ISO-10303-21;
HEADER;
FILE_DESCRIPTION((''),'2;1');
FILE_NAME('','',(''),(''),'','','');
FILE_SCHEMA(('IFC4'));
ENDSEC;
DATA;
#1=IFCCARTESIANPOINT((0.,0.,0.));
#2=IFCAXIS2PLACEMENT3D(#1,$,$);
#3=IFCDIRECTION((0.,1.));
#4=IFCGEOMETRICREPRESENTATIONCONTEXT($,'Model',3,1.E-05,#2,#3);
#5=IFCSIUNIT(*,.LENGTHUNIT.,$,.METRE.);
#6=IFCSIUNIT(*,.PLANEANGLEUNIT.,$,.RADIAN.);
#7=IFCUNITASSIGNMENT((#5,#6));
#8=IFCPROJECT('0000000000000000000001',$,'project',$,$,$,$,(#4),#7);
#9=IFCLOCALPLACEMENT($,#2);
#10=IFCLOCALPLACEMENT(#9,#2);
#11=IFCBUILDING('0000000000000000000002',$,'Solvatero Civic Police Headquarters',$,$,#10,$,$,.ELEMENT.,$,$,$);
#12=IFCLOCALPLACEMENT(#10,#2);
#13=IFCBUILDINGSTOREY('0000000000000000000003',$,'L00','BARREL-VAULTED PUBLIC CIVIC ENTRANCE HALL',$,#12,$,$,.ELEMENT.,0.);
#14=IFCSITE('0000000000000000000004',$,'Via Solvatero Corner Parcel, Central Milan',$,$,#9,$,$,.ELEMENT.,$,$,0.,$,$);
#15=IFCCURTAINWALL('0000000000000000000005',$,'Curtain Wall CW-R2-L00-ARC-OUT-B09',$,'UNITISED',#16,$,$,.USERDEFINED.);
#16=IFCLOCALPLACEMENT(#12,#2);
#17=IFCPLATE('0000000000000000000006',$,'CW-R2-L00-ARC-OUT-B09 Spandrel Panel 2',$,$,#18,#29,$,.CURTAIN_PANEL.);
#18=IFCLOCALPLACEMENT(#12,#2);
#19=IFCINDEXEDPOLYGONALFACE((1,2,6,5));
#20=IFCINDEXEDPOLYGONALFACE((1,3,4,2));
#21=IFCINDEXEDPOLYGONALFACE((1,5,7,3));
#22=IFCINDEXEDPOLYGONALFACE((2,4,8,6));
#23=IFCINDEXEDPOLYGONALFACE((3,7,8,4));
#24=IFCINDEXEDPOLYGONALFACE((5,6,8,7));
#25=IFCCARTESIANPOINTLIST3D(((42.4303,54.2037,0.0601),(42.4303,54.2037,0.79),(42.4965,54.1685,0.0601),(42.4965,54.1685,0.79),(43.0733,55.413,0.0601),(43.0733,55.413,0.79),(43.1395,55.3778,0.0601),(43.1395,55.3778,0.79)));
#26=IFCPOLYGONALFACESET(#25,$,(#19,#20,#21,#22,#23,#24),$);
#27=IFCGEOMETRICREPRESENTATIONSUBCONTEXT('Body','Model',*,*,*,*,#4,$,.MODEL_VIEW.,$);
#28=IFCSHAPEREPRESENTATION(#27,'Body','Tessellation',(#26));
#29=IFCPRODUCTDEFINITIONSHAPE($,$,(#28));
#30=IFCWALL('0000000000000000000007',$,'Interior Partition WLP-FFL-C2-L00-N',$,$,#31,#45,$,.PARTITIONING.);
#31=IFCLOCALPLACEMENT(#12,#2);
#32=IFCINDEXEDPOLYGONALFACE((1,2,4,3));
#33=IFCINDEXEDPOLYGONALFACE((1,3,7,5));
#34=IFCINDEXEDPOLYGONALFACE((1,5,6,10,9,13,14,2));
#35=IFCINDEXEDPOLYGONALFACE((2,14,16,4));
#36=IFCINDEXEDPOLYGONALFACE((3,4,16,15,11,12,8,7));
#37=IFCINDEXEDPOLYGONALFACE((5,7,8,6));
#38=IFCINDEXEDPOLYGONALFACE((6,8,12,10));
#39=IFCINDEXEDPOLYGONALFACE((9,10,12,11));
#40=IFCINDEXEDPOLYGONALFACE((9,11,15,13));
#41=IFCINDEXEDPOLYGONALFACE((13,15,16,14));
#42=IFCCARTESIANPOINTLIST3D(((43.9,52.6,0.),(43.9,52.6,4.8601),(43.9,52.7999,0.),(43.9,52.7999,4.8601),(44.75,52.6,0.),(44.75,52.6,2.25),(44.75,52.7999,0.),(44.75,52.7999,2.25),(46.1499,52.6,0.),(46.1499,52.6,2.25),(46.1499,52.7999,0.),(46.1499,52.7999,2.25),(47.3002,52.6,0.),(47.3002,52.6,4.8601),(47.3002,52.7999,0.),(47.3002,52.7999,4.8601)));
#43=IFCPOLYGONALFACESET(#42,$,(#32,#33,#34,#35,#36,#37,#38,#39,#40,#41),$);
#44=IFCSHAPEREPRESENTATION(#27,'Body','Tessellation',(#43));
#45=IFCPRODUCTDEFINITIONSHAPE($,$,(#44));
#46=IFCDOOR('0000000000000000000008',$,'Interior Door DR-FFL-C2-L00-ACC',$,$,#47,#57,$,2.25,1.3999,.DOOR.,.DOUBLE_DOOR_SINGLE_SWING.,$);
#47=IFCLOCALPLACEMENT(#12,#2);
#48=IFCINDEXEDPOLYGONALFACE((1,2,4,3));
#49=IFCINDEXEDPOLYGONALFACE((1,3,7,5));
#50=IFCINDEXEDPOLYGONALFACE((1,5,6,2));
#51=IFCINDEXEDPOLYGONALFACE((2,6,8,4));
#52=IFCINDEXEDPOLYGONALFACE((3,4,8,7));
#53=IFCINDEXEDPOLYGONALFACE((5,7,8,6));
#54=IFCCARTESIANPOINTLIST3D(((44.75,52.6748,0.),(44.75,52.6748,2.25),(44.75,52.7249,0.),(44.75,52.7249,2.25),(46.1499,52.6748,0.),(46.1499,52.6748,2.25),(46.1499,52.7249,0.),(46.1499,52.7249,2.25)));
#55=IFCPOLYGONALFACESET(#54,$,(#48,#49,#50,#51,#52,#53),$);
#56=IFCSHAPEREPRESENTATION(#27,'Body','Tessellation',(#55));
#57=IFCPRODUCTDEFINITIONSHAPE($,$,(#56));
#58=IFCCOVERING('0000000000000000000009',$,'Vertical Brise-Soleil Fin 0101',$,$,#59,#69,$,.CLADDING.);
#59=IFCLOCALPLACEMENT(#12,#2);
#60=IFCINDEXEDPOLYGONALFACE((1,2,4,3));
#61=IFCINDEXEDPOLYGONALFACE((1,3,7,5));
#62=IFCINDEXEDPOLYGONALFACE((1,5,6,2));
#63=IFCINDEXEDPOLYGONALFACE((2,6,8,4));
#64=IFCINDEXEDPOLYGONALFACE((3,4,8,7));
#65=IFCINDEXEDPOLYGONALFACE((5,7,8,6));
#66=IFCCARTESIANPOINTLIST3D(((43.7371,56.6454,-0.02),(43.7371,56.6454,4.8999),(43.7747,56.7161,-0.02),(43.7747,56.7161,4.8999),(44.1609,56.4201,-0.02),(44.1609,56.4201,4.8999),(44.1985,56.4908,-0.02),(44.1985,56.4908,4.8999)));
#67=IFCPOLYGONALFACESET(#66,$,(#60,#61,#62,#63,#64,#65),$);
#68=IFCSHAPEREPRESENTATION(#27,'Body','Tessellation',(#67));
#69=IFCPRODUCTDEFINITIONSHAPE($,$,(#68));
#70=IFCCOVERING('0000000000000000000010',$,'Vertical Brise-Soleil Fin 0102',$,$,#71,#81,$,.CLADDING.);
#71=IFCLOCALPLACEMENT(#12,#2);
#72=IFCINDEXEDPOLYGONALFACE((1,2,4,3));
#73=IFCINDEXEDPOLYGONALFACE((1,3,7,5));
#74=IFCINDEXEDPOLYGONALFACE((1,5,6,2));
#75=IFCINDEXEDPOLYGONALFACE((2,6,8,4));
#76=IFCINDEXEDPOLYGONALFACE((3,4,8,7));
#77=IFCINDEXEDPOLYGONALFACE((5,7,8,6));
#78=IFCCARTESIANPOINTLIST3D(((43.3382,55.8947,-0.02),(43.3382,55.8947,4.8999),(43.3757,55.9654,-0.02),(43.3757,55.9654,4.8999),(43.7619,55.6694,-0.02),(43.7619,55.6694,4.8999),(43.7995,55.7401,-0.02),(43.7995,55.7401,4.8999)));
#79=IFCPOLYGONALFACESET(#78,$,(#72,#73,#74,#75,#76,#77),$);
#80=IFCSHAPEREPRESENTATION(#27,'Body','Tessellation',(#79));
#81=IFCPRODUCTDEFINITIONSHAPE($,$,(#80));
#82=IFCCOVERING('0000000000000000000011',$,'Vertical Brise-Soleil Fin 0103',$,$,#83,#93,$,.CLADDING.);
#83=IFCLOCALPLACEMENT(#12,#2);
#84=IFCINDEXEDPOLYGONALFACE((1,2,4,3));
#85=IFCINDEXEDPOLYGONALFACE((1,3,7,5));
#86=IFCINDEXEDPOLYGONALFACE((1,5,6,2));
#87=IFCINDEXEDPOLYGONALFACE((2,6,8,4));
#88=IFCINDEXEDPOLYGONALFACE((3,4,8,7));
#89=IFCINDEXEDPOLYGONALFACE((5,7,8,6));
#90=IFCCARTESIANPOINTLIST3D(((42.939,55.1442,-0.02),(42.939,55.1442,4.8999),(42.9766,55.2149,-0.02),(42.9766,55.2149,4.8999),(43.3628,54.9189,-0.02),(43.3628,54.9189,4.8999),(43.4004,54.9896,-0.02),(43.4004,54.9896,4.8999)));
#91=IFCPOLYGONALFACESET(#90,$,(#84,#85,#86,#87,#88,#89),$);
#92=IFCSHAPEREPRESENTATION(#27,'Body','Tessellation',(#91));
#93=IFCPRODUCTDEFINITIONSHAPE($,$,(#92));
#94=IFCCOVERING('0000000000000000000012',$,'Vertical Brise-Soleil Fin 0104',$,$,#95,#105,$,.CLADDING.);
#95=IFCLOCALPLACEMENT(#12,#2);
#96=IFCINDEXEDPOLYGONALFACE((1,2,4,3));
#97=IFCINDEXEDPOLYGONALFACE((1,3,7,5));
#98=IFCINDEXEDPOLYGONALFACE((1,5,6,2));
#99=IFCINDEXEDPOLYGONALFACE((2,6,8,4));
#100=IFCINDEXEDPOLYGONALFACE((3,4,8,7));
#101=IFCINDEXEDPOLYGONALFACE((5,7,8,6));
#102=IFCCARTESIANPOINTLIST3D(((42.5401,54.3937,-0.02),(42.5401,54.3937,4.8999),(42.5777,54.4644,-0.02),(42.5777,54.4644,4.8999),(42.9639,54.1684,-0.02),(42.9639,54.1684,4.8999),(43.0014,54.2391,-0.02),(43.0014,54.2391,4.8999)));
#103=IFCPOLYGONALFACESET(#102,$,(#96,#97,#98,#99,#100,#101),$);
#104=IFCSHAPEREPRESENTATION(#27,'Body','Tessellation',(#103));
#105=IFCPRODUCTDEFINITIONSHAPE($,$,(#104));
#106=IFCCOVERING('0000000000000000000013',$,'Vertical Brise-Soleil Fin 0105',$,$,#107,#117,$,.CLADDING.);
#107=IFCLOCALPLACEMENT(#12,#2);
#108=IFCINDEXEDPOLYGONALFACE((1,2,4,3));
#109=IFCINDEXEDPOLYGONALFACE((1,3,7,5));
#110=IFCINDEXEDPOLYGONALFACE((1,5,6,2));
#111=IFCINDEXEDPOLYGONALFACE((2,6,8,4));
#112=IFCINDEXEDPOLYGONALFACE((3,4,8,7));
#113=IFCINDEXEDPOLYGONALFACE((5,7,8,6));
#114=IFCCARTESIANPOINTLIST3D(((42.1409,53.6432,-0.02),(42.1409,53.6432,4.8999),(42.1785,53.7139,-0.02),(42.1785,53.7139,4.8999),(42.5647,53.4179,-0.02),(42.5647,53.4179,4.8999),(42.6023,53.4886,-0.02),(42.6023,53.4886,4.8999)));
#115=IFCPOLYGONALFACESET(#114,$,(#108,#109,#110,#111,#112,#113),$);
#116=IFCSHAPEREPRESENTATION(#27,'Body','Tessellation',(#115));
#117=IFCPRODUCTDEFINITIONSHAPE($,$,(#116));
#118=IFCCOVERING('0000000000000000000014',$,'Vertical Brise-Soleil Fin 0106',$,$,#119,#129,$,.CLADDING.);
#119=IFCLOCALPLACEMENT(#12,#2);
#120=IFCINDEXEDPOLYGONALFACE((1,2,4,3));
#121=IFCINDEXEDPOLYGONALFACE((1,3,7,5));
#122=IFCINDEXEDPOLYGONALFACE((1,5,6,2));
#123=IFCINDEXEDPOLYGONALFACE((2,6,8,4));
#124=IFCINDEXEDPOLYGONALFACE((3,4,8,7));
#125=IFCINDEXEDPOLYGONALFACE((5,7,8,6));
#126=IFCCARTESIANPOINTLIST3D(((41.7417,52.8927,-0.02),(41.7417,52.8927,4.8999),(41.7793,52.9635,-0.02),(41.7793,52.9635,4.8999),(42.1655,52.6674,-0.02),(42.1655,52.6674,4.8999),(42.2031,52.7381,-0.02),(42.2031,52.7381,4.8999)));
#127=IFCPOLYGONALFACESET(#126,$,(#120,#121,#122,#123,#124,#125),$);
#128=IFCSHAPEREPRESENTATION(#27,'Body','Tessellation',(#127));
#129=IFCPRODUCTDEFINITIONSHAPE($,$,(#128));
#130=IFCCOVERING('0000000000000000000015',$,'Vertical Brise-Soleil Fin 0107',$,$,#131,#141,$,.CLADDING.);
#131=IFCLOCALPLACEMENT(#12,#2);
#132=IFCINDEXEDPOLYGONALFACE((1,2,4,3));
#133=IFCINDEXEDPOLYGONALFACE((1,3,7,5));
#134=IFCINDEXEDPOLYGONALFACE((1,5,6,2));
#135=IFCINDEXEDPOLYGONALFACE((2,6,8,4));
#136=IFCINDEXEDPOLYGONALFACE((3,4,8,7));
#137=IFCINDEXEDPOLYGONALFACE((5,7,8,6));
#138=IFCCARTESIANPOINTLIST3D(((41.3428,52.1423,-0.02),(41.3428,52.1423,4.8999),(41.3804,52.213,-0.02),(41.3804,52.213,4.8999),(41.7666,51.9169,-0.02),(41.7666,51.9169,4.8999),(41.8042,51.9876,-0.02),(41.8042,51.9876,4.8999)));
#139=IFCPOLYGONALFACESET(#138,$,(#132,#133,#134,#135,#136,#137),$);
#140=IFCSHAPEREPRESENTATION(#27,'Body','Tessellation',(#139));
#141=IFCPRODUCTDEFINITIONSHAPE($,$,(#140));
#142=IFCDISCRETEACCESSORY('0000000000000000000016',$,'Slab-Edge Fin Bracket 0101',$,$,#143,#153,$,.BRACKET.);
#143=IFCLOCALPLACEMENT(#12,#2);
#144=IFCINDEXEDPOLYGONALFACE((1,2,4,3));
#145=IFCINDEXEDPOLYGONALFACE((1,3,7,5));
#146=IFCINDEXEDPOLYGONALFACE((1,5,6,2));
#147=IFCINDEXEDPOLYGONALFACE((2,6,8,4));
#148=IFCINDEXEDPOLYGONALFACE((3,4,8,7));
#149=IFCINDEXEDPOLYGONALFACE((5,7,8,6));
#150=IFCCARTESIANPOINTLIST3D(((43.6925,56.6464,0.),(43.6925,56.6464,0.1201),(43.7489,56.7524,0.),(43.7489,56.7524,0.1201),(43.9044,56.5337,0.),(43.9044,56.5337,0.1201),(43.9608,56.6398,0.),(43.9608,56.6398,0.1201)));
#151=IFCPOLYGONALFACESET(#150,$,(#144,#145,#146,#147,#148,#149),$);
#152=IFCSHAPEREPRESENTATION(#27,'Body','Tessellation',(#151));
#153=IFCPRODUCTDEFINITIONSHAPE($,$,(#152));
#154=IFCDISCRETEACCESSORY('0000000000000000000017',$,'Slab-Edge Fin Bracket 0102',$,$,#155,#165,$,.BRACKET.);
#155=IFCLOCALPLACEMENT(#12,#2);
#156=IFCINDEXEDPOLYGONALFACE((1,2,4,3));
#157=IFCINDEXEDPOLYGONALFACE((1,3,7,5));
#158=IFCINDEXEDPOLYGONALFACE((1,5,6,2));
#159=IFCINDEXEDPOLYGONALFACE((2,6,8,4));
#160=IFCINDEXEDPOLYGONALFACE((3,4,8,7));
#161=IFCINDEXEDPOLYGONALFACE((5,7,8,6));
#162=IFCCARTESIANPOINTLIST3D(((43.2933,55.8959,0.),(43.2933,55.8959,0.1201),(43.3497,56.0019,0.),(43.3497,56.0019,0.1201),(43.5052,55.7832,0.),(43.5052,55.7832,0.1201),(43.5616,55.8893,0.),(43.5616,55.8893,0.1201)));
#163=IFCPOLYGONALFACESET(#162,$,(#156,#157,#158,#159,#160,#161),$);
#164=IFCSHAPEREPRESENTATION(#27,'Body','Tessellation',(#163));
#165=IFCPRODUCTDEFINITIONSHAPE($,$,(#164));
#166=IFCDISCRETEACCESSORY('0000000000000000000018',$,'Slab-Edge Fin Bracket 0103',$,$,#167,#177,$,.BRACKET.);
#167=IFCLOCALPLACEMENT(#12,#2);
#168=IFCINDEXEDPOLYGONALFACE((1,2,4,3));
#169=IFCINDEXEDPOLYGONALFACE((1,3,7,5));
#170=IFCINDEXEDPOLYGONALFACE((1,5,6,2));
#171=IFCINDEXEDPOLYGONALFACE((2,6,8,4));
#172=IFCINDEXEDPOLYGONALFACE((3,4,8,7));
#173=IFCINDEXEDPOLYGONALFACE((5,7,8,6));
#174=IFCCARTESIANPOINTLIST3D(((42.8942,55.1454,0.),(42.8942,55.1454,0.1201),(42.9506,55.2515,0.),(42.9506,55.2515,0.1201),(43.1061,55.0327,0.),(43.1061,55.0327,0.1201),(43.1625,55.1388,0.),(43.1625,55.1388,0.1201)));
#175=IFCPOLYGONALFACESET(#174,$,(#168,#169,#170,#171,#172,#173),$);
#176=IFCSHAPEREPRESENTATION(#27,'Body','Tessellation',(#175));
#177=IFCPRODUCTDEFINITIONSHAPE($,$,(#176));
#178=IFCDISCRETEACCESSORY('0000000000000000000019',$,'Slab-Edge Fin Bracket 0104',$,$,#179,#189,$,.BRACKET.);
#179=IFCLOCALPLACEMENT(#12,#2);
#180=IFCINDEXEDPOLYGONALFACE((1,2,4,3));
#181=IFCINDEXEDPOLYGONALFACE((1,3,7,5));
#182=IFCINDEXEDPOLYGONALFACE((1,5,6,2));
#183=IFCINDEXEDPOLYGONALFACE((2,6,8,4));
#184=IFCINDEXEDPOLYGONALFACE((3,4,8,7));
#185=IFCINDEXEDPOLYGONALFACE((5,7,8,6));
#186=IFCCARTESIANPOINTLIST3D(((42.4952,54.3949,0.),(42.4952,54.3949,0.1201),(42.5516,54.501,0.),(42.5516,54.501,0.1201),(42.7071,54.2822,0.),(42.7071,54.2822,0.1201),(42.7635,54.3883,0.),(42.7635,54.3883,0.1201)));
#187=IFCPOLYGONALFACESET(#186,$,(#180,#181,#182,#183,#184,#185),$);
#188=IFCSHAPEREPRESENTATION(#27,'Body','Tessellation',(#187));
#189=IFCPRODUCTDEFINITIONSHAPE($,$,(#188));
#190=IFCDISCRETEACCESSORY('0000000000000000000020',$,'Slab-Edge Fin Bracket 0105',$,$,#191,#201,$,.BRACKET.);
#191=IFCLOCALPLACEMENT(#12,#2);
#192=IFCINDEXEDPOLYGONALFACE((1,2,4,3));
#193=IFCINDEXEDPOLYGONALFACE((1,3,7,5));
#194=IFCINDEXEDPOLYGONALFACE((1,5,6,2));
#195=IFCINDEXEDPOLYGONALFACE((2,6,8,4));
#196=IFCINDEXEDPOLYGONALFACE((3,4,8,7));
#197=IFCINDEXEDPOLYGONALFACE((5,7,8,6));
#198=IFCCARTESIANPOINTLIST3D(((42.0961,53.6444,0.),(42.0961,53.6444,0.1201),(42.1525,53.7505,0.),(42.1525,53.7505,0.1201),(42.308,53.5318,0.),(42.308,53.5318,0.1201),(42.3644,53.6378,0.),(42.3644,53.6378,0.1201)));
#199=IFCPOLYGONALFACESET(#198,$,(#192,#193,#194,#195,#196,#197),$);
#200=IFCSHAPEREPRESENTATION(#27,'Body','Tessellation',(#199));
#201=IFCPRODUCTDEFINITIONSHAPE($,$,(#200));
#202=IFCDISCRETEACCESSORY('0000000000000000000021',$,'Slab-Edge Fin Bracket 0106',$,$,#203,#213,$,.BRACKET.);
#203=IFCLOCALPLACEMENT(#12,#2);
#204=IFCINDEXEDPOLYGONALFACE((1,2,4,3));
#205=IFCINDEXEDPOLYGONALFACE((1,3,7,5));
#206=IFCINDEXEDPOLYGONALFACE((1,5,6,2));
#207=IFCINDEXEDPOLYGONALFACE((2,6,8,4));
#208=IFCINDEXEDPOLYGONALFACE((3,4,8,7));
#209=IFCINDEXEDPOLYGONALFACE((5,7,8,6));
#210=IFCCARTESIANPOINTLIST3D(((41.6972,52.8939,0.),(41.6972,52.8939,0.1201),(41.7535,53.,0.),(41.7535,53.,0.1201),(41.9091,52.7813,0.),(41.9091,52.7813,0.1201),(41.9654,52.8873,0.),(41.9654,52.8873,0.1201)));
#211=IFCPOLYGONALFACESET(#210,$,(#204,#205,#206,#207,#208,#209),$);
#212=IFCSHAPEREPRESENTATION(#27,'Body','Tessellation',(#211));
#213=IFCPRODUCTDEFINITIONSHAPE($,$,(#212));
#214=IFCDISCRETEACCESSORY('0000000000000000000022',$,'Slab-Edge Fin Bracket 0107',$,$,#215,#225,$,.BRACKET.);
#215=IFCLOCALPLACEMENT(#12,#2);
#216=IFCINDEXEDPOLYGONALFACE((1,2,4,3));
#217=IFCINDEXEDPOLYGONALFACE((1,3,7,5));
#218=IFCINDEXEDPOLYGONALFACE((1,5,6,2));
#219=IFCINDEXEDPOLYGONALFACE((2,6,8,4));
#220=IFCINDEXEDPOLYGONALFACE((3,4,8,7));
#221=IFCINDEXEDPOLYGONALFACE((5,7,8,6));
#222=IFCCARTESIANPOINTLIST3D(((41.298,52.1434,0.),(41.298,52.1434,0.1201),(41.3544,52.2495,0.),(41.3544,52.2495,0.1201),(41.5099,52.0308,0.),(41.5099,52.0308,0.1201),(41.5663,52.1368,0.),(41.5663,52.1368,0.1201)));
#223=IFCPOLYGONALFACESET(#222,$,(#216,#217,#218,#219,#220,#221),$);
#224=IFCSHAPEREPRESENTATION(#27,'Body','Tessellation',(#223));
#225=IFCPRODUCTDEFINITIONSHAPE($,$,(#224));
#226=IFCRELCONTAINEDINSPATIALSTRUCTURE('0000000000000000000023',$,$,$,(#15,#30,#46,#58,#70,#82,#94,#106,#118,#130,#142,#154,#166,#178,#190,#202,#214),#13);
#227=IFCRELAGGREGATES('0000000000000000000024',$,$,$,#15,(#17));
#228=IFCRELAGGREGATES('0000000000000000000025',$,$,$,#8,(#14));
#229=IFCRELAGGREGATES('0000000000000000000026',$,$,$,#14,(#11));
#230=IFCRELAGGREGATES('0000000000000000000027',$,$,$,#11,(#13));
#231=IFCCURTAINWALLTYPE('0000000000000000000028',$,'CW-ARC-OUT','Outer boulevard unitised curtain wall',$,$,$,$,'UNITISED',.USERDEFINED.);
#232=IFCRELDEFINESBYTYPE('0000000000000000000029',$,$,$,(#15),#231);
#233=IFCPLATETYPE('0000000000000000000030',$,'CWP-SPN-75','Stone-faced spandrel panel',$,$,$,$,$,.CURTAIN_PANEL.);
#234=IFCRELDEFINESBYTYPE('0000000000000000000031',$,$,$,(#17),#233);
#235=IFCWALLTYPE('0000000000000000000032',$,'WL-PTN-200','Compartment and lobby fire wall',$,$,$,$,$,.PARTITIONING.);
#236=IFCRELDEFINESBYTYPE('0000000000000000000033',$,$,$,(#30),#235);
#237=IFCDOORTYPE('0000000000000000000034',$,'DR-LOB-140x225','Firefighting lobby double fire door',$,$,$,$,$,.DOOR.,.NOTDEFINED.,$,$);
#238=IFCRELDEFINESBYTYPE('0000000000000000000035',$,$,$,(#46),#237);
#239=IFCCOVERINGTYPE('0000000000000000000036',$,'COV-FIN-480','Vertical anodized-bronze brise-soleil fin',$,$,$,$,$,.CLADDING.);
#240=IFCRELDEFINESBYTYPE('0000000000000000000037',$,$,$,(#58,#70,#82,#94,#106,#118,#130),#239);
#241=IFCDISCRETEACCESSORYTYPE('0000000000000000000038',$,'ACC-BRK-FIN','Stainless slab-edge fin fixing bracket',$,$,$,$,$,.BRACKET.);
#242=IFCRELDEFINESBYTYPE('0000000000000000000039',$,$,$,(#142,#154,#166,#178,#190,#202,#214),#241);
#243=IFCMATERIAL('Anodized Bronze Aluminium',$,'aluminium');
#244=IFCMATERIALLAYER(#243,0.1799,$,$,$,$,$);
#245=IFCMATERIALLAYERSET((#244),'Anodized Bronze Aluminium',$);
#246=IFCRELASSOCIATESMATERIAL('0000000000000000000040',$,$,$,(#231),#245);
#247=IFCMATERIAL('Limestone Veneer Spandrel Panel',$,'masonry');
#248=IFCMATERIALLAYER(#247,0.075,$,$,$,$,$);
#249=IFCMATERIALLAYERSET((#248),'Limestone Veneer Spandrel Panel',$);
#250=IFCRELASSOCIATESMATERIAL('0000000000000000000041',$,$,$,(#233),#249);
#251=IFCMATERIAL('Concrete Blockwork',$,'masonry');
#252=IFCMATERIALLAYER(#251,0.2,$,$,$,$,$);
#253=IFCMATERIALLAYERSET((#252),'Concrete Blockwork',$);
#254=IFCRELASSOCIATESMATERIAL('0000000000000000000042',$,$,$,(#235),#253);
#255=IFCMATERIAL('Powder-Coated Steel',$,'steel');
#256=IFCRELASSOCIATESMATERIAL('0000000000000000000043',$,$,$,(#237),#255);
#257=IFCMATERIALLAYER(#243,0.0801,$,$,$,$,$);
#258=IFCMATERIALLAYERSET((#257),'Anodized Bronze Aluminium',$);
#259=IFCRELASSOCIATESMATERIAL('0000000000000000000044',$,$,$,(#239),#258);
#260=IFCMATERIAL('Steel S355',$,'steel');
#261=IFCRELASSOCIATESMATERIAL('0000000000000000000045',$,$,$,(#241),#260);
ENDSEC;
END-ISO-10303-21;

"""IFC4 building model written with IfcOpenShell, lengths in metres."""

from ifc_helpers import new_model, si_unit, direction, frame, frame_2d, origin, origin_2d, place, context, subcontext, project, spatial, rectangle, extrude, material, layer, layer_set, type_object, element, fill, aggregate, save


model = new_model("IFC4")

# Units and contexts
model_context = context("Model", 3, precision=1e-05, world=origin(), true_north=direction((0.0, 1.0)))
body_context = subcontext(model_context, "Body", "Model", "MODEL_VIEW")
ifc_project = project(units=[si_unit("LENGTHUNIT", "METRE"), si_unit("PLANEANGLEUNIT", "RADIAN")], contexts=[model_context])

# Site, building, storey
site_placement = place(None, origin())
site = spatial("IfcSite", under=ifc_project, at=site_placement, Name="Via Solvatero Corner Parcel, Central Milan", CompositionType="ELEMENT", RefElevation=0.0)
building_placement = place(site_placement, origin())
building = spatial("IfcBuilding", under=site, at=building_placement, Name="Solvatero Civic Police Headquarters", CompositionType="ELEMENT")
storey_placement = place(building_placement, origin())
storey = spatial("IfcBuildingStorey", under=building, at=storey_placement, Name="L00", Description="BARREL-VAULTED PUBLIC CIVIC ENTRANCE HALL", CompositionType="ELEMENT", Elevation=0.0)

# Curtain wall, plate
ifc_material_1 = material(Name="Anodized Bronze Aluminium", Category="aluminium")
ifc_layer_1 = layer(ifc_material_1, 0.1799)
ifc_layer_set_1 = layer_set([ifc_layer_1], Name="Anodized Bronze Aluminium")
curtain_wall_type = type_object("IfcCurtainWallType", Name="CW-ARC-OUT", Description="Outer boulevard unitised curtain wall", ElementType="UNITISED", PredefinedType="USERDEFINED", material=ifc_layer_set_1)
curtain_wall_placement = place(storey_placement, origin())
curtain_wall = element("IfcCurtainWall", 1, at=curtain_wall_placement, inside=storey, type_object=curtain_wall_type, Name="Curtain Wall CW-R2-L00-ARC-OUT-B09", ObjectType="UNITISED", PredefinedType="USERDEFINED")
ifc_material_2 = material(Name="Limestone Veneer Spandrel Panel", Category="masonry")
ifc_layer_2 = layer(ifc_material_2, 0.075)
ifc_layer_set_2 = layer_set([ifc_layer_2], Name="Limestone Veneer Spandrel Panel")
plate_type_1 = type_object("IfcPlateType", Name="CWP-SPN-75", Description="Stone-faced spandrel panel", PredefinedType="CURTAIN_PANEL", material=ifc_layer_set_2)
plate_1_placement = place(storey_placement, frame((42.7849, 54.7908, 0.0601), z_axis=(0.0, 0.0, 1.0), x_axis=(-0.469472, -0.882948, 0.0)))
plate_1 = element("IfcPlate", 2, at=plate_1_placement, type_object=plate_type_1, Name="CW-R2-L00-ARC-OUT-B09 Spandrel Panel 2", PredefinedType="CURTAIN_PANEL", context=body_context, shape_type="SweptSolid", body=[
    extrude(rectangle(XDim=1.3696, YDim=0.075, at=origin_2d()), origin(), (0.0, 0.0, 1.0), 0.73),
])
aggregate(curtain_wall, [plate_1])

# Wall, opening, door
ifc_material_3 = material(Name="Concrete Blockwork", Category="masonry")
ifc_layer_3 = layer(ifc_material_3, 0.2)
ifc_layer_set_3 = layer_set([ifc_layer_3], Name="Concrete Blockwork")
wall_type = type_object("IfcWallType", Name="WL-PTN-200", Description="Compartment and lobby fire wall", PredefinedType="PARTITIONING", material=ifc_layer_set_3)
wall_placement = place(storey_placement, frame((43.8999, 52.7, 0.0), z_axis=(0.0, 0.0, 1.0), x_axis=(1.0, 0.0, 0.0)))
wall = element("IfcWall", 3, at=wall_placement, inside=storey, type_object=wall_type, Name="Interior Partition WLP-FFL-C2-L00-N", PredefinedType="PARTITIONING", context=body_context, shape_type="SweptSolid", body=[
    extrude(rectangle(XDim=3.4001, YDim=0.2, at=frame_2d((1.7002, 0.0))), origin(), (0.0, 0.0, 1.0), 4.8601),
])
opening_placement = place(wall_placement, frame((0.8501, 0.0, 0.0)))
opening = element("IfcOpeningElement", 4, at=opening_placement, cuts=wall, PredefinedType="OPENING", context=body_context, shape_type="SweptSolid", body=[
    extrude(rectangle(XDim=1.3999, YDim=2.25, at=frame_2d((0.7, 1.125))), frame((0.0, 0.1099, 0.0), z_axis=(0.0, -1.0, 0.0), x_axis=(1.0, 0.0, 0.0)), (0.0, 0.0, 1.0), 0.22),
])
ifc_material_4 = material(Name="Powder-Coated Steel", Category="steel")
door_type = type_object("IfcDoorType", Name="DR-LOB-140x225", Description="Firefighting lobby double fire door", OperationType="NOTDEFINED", PredefinedType="DOOR", material=ifc_material_4)
door_placement = place(opening_placement, origin())
door = element("IfcDoor", 5, at=door_placement, inside=storey, type_object=door_type, Name="Interior Door DR-FFL-C2-L00-ACC", OperationType="DOUBLE_DOOR_SINGLE_SWING", OverallHeight=2.25, OverallWidth=1.3999, PredefinedType="DOOR", context=body_context, shape_type="SweptSolid", body=[
    extrude(rectangle(XDim=1.3999, YDim=2.25, at=frame_2d((0.7, 1.125))), frame((0.0, 0.0249, 0.0), z_axis=(0.0, -1.0, 0.0), x_axis=(1.0, 0.0, 0.0)), (0.0, 0.0, 1.0), 0.05),
])
fill(opening, door)

# Coverings
ifc_layer_4 = layer(ifc_material_1, 0.0801)
ifc_layer_set_4 = layer_set([ifc_layer_4], Name="Anodized Bronze Aluminium")
covering_type = type_object("IfcCoveringType", Name="COV-FIN-480", Description="Vertical anodized-bronze brise-soleil fin", PredefinedType="CLADDING", material=ifc_layer_set_4)
for number, where, z_axis, x_axis, name in (
    (6, (43.9678, 56.5681, -0.02), (0.0, 0.0, 1.0), (-0.469472, -0.882948, 0.0), "Vertical Brise-Soleil Fin 0101"),
    (7, (43.5688, 55.8174, -0.02), (0.0, 0.0, 1.0), (-0.469472, -0.882948, 0.0), "Vertical Brise-Soleil Fin 0102"),
    (8, (43.1697, 55.0669, -0.02), (0.0, 0.0, 1.0), (-0.469472, -0.882948, 0.0), "Vertical Brise-Soleil Fin 0103"),
    (9, (42.7708, 54.3164, -0.02), (0.0, 0.0, 1.0), (-0.469472, -0.882948, 0.0), "Vertical Brise-Soleil Fin 0104"),
    (10, (42.3716, 53.5659, -0.02), (0.0, 0.0, 1.0), (-0.469472, -0.882948, 0.0), "Vertical Brise-Soleil Fin 0105"),
    (11, (41.9724, 52.8154, -0.02), (0.0, 0.0, 1.0), (-0.469472, -0.882948, 0.0), "Vertical Brise-Soleil Fin 0106"),
    (12, (41.5735, 52.0649, -0.02), (0.0, 0.0, 1.0), (-0.469472, -0.882948, 0.0), "Vertical Brise-Soleil Fin 0107"),
):
    element("IfcCovering", number, at=place(storey_placement, frame(where, z_axis=z_axis, x_axis=x_axis)), inside=storey, type_object=covering_type, Name=name, PredefinedType="CLADDING", context=body_context, shape_type="SweptSolid", body=[
        extrude(rectangle(XDim=0.0801, YDim=0.48, at=origin_2d()), origin(), (0.0, 0.0, 1.0), 4.9199),
    ])

# Discrete accessories
ifc_material_5 = material(Name="Steel S355", Category="steel")
discrete_accessory_type = type_object("IfcDiscreteAccessoryType", Name="ACC-BRK-FIN", Description="Stainless slab-edge fin fixing bracket", PredefinedType="BRACKET", material=ifc_material_5)
for number, where, z_axis, x_axis, name in (
    (13, (43.8267, 56.6431, 0.0), (0.0, 0.0, 1.0), (-0.469472, -0.882948, 0.0), "Slab-Edge Fin Bracket 0101"),
    (14, (43.4275, 55.8926, 0.0), (0.0, 0.0, 1.0), (-0.469472, -0.882948, 0.0), "Slab-Edge Fin Bracket 0102"),
    (15, (43.0283, 55.1421, 0.0), (0.0, 0.0, 1.0), (-0.469472, -0.882948, 0.0), "Slab-Edge Fin Bracket 0103"),
    (16, (42.6294, 54.3916, 0.0), (0.0, 0.0, 1.0), (-0.469472, -0.882948, 0.0), "Slab-Edge Fin Bracket 0104"),
    (17, (42.2302, 53.6411, 0.0), (0.0, 0.0, 1.0), (-0.469472, -0.882948, 0.0), "Slab-Edge Fin Bracket 0105"),
    (18, (41.8313, 52.8906, 0.0), (0.0, 0.0, 1.0), (-0.469472, -0.882948, 0.0), "Slab-Edge Fin Bracket 0106"),
    (19, (41.4321, 52.1401, 0.0), (0.0, 0.0, 1.0), (-0.469472, -0.882948, 0.0), "Slab-Edge Fin Bracket 0107"),
):
    element("IfcDiscreteAccessory", number, at=place(storey_placement, frame(where, z_axis=z_axis, x_axis=x_axis)), inside=storey, type_object=discrete_accessory_type, Name=name, PredefinedType="BRACKET", context=body_context, shape_type="SweptSolid", body=[
        extrude(rectangle(XDim=0.1201, YDim=0.24, at=origin_2d()), origin(), (0.0, 0.0, 1.0), 0.1201),
    ])

save(model, "model.ifc")
